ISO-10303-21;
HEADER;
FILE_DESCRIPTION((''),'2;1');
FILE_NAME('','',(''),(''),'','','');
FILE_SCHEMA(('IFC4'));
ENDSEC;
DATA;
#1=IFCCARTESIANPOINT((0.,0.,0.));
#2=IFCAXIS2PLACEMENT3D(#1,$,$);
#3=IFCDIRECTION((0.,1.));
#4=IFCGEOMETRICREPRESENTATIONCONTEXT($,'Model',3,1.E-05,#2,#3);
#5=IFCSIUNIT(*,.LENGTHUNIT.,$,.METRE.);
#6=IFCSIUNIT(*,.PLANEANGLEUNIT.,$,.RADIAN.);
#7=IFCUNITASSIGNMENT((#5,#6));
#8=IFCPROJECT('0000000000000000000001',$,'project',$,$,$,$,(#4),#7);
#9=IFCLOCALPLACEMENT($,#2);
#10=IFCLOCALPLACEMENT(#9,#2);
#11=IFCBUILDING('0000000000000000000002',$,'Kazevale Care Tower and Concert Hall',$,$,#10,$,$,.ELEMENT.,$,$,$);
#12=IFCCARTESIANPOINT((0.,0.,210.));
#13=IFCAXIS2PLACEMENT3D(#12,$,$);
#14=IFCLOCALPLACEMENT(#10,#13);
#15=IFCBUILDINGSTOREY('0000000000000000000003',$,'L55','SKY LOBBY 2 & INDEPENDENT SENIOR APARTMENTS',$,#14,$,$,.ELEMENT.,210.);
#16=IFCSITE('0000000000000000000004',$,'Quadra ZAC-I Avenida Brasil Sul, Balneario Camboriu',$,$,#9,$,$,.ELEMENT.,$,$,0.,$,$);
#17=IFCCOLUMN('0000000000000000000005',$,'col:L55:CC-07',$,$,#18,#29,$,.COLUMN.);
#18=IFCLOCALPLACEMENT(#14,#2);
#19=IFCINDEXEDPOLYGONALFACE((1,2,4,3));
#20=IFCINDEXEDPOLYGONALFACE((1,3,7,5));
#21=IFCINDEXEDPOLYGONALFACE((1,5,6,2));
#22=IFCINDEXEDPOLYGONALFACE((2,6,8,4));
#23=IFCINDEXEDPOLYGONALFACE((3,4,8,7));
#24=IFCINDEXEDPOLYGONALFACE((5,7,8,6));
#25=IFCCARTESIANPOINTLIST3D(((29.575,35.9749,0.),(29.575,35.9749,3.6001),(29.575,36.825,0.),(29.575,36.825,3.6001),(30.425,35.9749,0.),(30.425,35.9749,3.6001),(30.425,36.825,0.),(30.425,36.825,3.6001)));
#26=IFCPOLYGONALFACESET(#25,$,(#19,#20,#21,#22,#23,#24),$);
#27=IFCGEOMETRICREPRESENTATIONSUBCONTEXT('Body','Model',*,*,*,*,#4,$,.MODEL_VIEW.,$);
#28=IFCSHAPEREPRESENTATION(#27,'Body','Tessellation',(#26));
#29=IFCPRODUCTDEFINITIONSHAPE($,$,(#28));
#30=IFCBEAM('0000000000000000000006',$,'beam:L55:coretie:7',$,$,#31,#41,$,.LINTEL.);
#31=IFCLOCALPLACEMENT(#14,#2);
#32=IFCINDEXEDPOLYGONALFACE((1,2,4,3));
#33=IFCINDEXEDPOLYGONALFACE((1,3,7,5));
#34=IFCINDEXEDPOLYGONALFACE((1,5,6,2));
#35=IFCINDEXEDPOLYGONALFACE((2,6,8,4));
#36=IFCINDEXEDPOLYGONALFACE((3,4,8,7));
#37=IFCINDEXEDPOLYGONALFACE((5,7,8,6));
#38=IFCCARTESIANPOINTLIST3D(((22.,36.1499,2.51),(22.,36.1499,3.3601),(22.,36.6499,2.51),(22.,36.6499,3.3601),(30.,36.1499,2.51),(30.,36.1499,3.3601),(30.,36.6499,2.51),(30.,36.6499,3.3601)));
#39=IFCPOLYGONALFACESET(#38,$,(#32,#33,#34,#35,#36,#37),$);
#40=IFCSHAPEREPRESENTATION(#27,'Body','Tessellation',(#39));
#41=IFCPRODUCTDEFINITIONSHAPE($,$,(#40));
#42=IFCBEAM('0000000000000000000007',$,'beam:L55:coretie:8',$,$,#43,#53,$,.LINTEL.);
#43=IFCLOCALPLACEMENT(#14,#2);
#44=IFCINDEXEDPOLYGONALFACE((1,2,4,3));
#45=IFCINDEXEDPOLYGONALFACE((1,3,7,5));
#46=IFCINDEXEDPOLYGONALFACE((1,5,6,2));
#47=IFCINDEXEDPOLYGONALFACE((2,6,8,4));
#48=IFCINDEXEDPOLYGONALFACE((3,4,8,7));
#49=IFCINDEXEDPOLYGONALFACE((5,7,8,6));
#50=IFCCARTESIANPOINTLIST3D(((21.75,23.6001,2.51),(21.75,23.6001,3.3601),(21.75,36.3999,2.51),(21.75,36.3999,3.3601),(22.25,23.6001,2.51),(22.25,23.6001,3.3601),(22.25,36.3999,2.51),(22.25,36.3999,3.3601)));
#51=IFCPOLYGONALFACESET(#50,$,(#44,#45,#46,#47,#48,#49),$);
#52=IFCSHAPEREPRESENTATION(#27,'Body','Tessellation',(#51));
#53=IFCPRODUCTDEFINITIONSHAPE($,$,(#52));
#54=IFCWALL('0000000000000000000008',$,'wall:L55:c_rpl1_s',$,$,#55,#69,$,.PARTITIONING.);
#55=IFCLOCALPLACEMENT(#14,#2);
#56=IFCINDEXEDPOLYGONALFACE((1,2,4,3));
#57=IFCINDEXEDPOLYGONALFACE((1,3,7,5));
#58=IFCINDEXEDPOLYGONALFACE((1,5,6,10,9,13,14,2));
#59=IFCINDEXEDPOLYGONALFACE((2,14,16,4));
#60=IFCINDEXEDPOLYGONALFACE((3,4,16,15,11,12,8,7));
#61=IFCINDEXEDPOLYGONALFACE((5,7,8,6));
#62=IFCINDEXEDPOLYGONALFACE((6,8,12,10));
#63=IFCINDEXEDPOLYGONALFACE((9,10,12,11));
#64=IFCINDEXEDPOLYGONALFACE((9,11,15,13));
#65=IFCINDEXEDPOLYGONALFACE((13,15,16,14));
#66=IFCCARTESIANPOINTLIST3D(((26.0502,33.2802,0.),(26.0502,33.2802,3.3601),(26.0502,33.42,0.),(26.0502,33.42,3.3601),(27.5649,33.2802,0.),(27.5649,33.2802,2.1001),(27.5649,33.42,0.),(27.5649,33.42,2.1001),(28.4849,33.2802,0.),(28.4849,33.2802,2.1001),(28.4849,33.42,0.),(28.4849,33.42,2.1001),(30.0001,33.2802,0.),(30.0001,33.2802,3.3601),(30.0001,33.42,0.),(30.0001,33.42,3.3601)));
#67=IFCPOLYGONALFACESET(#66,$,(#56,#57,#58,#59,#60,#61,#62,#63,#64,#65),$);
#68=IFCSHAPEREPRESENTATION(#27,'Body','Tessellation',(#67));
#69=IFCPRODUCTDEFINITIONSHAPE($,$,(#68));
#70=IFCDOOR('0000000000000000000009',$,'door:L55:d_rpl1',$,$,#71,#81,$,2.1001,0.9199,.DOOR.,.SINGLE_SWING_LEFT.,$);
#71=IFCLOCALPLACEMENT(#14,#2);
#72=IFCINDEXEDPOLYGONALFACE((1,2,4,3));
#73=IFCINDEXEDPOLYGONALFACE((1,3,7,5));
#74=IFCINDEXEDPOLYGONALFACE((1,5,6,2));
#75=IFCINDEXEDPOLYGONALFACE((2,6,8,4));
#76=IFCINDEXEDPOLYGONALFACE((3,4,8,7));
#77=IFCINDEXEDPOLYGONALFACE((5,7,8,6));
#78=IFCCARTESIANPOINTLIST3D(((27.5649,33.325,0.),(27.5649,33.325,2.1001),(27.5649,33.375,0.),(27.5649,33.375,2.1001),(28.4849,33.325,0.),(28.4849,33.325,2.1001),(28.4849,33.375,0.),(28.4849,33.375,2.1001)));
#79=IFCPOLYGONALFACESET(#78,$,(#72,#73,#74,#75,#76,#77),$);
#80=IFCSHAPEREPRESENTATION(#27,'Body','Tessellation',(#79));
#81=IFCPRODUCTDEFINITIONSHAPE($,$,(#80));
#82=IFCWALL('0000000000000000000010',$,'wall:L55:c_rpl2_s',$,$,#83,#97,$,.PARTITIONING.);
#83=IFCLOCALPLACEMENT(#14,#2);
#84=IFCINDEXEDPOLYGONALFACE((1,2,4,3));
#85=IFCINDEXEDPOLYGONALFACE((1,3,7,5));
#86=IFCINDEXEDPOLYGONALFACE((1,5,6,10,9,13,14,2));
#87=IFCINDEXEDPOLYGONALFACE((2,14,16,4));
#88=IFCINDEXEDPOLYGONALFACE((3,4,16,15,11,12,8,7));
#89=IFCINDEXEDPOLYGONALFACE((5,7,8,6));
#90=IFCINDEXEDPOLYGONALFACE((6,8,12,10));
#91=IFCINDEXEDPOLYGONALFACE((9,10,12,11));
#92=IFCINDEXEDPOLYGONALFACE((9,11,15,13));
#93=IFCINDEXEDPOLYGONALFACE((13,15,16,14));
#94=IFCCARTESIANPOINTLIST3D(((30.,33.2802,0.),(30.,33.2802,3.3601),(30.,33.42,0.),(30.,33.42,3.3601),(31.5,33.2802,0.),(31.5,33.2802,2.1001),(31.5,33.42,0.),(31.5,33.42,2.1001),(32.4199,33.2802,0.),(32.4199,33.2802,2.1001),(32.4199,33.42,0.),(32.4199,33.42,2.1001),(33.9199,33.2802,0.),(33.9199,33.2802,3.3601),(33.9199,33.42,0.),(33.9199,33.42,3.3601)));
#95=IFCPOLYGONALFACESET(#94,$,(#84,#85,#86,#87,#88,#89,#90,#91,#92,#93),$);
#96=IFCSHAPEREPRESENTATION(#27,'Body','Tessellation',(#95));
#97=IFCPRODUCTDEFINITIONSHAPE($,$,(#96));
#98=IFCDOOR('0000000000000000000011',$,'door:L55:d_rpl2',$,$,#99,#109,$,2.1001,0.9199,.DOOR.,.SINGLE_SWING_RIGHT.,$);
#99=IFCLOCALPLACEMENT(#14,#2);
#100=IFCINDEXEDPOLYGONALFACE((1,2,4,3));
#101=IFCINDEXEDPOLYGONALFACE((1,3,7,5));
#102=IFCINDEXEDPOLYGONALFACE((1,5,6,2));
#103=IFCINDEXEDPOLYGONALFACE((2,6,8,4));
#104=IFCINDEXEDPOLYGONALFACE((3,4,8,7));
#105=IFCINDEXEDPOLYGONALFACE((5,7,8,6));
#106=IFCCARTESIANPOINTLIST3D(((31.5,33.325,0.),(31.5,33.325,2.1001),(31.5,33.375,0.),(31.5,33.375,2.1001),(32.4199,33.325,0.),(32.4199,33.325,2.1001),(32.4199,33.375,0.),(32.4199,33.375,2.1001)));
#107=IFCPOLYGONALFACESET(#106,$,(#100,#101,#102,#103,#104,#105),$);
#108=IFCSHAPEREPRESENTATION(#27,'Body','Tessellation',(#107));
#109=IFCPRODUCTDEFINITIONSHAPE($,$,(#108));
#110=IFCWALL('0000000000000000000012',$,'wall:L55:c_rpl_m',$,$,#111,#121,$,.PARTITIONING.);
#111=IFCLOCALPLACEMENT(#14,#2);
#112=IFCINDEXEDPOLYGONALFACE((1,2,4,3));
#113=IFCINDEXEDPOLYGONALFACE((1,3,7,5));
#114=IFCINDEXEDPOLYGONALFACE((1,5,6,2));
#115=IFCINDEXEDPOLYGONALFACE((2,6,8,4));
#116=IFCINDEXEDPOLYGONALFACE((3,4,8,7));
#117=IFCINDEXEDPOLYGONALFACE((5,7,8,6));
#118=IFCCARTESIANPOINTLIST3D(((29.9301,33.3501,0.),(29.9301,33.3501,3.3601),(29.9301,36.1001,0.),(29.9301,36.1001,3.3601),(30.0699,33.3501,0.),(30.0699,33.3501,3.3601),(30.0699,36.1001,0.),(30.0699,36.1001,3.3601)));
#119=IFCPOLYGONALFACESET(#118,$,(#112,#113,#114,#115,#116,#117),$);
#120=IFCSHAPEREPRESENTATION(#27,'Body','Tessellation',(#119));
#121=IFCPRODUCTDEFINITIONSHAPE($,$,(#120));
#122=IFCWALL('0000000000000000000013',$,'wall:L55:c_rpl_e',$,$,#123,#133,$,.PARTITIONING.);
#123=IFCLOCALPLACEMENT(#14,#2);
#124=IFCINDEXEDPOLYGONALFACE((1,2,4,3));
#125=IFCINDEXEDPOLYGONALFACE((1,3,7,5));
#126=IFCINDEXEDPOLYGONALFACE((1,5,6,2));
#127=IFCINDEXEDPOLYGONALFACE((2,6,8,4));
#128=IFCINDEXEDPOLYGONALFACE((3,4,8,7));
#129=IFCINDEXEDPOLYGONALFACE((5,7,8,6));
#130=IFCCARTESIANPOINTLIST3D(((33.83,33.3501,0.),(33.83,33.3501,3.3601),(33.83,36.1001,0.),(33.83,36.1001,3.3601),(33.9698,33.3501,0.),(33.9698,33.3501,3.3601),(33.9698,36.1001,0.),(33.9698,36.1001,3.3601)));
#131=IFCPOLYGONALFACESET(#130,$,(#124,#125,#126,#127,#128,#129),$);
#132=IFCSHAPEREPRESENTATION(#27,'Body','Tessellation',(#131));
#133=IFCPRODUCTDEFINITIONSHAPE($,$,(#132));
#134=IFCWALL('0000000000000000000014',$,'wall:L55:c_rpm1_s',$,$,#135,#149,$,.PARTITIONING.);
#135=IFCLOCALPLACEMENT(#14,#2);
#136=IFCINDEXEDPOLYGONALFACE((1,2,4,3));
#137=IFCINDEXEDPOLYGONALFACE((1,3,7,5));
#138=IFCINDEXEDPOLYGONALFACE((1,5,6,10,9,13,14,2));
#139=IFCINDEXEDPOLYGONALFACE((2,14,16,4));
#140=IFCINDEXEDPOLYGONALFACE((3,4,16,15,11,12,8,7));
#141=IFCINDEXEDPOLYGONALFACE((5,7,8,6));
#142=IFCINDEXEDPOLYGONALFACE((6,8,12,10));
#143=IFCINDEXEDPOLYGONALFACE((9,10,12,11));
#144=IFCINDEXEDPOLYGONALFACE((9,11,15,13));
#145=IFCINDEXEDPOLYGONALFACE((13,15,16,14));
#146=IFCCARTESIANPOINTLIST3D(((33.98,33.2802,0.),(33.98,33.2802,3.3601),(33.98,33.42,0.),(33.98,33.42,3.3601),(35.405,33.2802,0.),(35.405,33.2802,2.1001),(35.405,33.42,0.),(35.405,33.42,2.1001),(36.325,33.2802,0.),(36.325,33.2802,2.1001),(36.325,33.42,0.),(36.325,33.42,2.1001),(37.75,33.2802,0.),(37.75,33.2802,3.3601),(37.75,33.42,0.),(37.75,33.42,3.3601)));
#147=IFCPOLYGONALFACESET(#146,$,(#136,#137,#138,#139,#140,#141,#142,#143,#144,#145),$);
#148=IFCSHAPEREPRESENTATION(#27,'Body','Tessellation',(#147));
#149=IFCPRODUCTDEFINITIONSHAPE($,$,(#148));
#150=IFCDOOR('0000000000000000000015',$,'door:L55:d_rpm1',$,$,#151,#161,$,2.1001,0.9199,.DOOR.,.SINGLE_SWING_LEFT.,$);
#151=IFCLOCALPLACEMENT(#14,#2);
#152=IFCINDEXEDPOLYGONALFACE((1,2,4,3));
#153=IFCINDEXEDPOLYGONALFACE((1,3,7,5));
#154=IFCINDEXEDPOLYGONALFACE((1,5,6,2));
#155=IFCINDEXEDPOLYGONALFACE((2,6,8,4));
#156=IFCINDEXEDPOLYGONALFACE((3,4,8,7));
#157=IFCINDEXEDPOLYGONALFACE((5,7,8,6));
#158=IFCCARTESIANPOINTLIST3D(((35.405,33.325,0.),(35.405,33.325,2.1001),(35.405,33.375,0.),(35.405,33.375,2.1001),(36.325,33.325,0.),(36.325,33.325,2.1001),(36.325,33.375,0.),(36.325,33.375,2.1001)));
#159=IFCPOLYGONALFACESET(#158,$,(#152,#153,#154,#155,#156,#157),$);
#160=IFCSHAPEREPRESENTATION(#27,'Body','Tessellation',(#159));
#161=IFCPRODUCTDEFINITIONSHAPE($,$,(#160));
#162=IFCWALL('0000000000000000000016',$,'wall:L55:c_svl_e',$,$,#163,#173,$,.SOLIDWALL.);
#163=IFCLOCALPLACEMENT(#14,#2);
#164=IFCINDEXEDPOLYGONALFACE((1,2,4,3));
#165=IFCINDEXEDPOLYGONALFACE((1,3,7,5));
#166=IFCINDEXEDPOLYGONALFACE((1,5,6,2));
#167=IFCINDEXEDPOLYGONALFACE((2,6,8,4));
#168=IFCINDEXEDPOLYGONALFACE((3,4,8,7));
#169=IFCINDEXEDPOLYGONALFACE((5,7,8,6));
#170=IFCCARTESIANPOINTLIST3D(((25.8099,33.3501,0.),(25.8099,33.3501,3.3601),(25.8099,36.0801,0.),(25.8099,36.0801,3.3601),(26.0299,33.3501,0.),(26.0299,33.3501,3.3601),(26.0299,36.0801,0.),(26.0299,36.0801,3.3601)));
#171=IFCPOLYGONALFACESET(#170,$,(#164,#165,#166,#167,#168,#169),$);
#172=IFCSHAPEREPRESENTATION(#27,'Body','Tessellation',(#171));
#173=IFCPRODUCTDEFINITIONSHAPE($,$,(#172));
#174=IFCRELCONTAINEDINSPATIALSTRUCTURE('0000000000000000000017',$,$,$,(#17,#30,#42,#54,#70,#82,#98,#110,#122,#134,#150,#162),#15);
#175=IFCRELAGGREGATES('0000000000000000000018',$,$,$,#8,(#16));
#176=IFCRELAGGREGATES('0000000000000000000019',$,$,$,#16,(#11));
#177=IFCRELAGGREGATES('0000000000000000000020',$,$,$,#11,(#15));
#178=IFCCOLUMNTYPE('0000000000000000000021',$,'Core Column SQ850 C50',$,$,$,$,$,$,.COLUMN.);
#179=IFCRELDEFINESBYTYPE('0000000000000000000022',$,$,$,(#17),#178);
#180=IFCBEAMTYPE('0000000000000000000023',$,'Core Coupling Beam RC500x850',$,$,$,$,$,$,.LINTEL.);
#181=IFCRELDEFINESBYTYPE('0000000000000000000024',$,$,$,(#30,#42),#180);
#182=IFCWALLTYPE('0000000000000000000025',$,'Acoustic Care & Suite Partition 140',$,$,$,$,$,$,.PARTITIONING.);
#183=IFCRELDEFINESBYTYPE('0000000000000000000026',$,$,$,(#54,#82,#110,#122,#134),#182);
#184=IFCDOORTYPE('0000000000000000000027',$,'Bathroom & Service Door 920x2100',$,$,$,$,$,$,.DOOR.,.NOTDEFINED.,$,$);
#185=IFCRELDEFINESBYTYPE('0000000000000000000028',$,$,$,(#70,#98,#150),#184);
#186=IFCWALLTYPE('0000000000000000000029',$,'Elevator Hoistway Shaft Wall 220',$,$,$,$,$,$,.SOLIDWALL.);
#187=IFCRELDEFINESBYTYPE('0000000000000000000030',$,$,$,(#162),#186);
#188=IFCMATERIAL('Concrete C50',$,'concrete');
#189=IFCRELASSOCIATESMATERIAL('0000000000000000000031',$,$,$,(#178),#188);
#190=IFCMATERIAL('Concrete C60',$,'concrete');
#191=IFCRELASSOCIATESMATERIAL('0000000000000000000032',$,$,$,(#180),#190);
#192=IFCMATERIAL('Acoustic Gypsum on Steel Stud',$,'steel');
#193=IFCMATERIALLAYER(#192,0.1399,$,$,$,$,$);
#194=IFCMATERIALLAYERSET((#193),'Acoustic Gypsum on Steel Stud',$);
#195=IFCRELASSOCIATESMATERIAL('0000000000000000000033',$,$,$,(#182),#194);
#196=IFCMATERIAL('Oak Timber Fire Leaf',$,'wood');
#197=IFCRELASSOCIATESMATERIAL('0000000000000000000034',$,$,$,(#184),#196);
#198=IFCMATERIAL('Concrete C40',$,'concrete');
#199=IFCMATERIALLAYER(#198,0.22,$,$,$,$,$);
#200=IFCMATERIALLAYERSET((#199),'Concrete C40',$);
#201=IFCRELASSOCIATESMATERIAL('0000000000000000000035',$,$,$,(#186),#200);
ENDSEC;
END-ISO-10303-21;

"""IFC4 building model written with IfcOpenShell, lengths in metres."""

from ifc_helpers import new_model, si_unit, direction, frame, frame_2d, origin, origin_2d, place, context, subcontext, project, spatial, rectangle, extrude, material, layer, layer_set, material_profile, profile_set, type_object, element, fill, save


model = new_model("IFC4")

# Units and contexts
model_context = context("Model", 3, precision=1e-05, world=origin(), true_north=direction((0.0, 1.0)))
body_context = subcontext(model_context, "Body", "Model", "MODEL_VIEW")
ifc_project = project(units=[si_unit("LENGTHUNIT", "METRE"), si_unit("PLANEANGLEUNIT", "RADIAN")], contexts=[model_context])

# Site, building, storey
site_placement = place(None, origin())
site = spatial("IfcSite", under=ifc_project, at=site_placement, Name="Quadra ZAC-I Avenida Brasil Sul, Balneario Camboriu", CompositionType="ELEMENT", RefElevation=0.0)
building_placement = place(site_placement, origin())
building = spatial("IfcBuilding", under=site, at=building_placement, Name="Kazevale Care Tower and Concert Hall", CompositionType="ELEMENT")
storey_placement = place(building_placement, frame((0.0, 0.0, 210.0)))
storey = spatial("IfcBuildingStorey", under=building, at=storey_placement, Name="L55", Description="SKY LOBBY 2 & INDEPENDENT SENIOR APARTMENTS", CompositionType="ELEMENT", Elevation=210.0)

# Column
ifc_material_1 = material(Name="Concrete C50", Category="concrete")
ifc_material_profile_1 = material_profile(ifc_material_1, rectangle(XDim=0.8501, YDim=0.8501, at=origin_2d()), Name="RC-SQ850")
ifc_profile_set_1 = profile_set([ifc_material_profile_1], Name="Concrete C50")
column_type = type_object("IfcColumnType", Name="Core Column SQ850 C50", PredefinedType="COLUMN", material=ifc_profile_set_1)
column_placement = place(storey_placement, frame((30.0, 36.3999, 0.0), z_axis=(0.0, 0.0, 1.0), x_axis=(1.0, 0.0, 0.0)))
element("IfcColumn", 1, at=column_placement, inside=storey, type_object=column_type, Name="col:L55:CC-07", PredefinedType="COLUMN", context=body_context, shape_type="SweptSolid", body=[
    extrude(rectangle(XDim=0.8501, YDim=0.8501, at=origin_2d()), origin(), (0.0, 0.0, 1.0), 3.6001),
])

# Beams
ifc_material_2 = material(Name="Concrete C60", Category="concrete")
ifc_material_profile_2 = material_profile(ifc_material_2, rectangle(XDim=0.5, YDim=0.8501, at=origin_2d()), Name="RC-B500x850")
ifc_profile_set_2 = profile_set([ifc_material_profile_2], Name="Concrete C60")
beam_type = type_object("IfcBeamType", Name="Core Coupling Beam RC500x850", PredefinedType="LINTEL", material=ifc_profile_set_2)
beam_1_placement = place(storey_placement, frame((30.0, 36.3999, 2.9351), z_axis=(-1.0, 0.0, 0.0), x_axis=(0.0, -1.0, 0.0)))
element("IfcBeam", 2, at=beam_1_placement, inside=storey, type_object=beam_type, Name="beam:L55:coretie:7", PredefinedType="LINTEL", context=body_context, shape_type="SweptSolid", body=[
    extrude(rectangle(XDim=0.5, YDim=0.8501, at=origin_2d()), origin(), (0.0, 0.0, 1.0), 8.0),
])
beam_2_placement = place(storey_placement, frame((22.0, 36.3999, 2.9351), z_axis=(0.0, -1.0, 0.0), x_axis=(1.0, 0.0, 0.0)))
element("IfcBeam", 3, at=beam_2_placement, inside=storey, type_object=beam_type, Name="beam:L55:coretie:8", PredefinedType="LINTEL", context=body_context, shape_type="SweptSolid", body=[
    extrude(rectangle(XDim=0.5, YDim=0.8501, at=origin_2d()), origin(), (0.0, 0.0, 1.0), 12.7998),
])

# Walls, openings, doors
ifc_material_3 = material(Name="Acoustic Gypsum on Steel Stud", Category="steel")
ifc_layer_1 = layer(ifc_material_3, 0.1399)
ifc_layer_set_1 = layer_set([ifc_layer_1], Name="Acoustic Gypsum on Steel Stud")
wall_type_1 = type_object("IfcWallType", Name="Acoustic Care & Suite Partition 140", PredefinedType="PARTITIONING", material=ifc_layer_set_1)
wall_1_placement = place(storey_placement, frame((26.05, 33.3501, 0.0), z_axis=(0.0, 0.0, 1.0), x_axis=(1.0, 0.0, 0.0)))
wall_1 = element("IfcWall", 4, at=wall_1_placement, inside=storey, type_object=wall_type_1, Name="wall:L55:c_rpl1_s", PredefinedType="PARTITIONING", context=body_context, shape_type="SweptSolid", body=[
    extrude(rectangle(XDim=3.95, YDim=0.1399, at=frame_2d((1.9751, 0.0))), origin(), (0.0, 0.0, 1.0), 3.3601),
])
opening_1_placement = place(wall_1_placement, frame((1.5149, 0.0, 0.0)))
opening_1 = element("IfcOpeningElement", 5, at=opening_1_placement, cuts=wall_1, PredefinedType="OPENING", context=body_context, shape_type="SweptSolid", body=[
    extrude(rectangle(XDim=0.9199, YDim=2.1001, at=frame_2d((0.46, 1.05))), frame((0.0, 0.0798, 0.0), z_axis=(0.0, -1.0, 0.0), x_axis=(1.0, 0.0, 0.0)), (0.0, 0.0, 1.0), 0.1599),
])
ifc_material_4 = material(Name="Oak Timber Fire Leaf", Category="wood")
door_type_1 = type_object("IfcDoorType", Name="Bathroom & Service Door 920x2100", OperationType="NOTDEFINED", PredefinedType="DOOR", material=ifc_material_4)
door_1_placement = place(opening_1_placement, origin())
door_1 = element("IfcDoor", 6, at=door_1_placement, inside=storey, type_object=door_type_1, Name="door:L55:d_rpl1", OperationType="SINGLE_SWING_LEFT", OverallHeight=2.1001, OverallWidth=0.9199, PredefinedType="DOOR", context=body_context, shape_type="SweptSolid", body=[
    extrude(rectangle(XDim=0.9199, YDim=2.1001, at=frame_2d((0.46, 1.05))), frame((0.0, 0.0249, 0.0), z_axis=(0.0, -1.0, 0.0), x_axis=(1.0, 0.0, 0.0)), (0.0, 0.0, 1.0), 0.05),
])
fill(opening_1, door_1)
wall_2_placement = place(storey_placement, frame((30.0, 33.3501, 0.0), z_axis=(0.0, 0.0, 1.0), x_axis=(1.0, 0.0, 0.0)))
wall_2 = element("IfcWall", 7, at=wall_2_placement, inside=storey, type_object=wall_type_1, Name="wall:L55:c_rpl2_s", PredefinedType="PARTITIONING", context=body_context, shape_type="SweptSolid", body=[
    extrude(rectangle(XDim=3.9199, YDim=0.1399, at=frame_2d((1.96, 0.0))), origin(), (0.0, 0.0, 1.0), 3.3601),
])
opening_2_placement = place(wall_2_placement, frame((1.5, 0.0, 0.0)))
opening_2 = element("IfcOpeningElement", 8, at=opening_2_placement, cuts=wall_2, PredefinedType="OPENING", context=body_context, shape_type="SweptSolid", body=[
    extrude(rectangle(XDim=0.9199, YDim=2.1001, at=frame_2d((0.46, 1.05))), frame((0.0, 0.0798, 0.0), z_axis=(0.0, -1.0, 0.0), x_axis=(1.0, 0.0, 0.0)), (0.0, 0.0, 1.0), 0.1599),
])
door_2_placement = place(opening_2_placement, origin())
door_2 = element("IfcDoor", 9, at=door_2_placement, inside=storey, type_object=door_type_1, Name="door:L55:d_rpl2", OperationType="SINGLE_SWING_RIGHT", OverallHeight=2.1001, OverallWidth=0.9199, PredefinedType="DOOR", context=body_context, shape_type="SweptSolid", body=[
    extrude(rectangle(XDim=0.9199, YDim=2.1001, at=frame_2d((0.46, 1.05))), frame((0.0, 0.0249, 0.0), z_axis=(0.0, -1.0, 0.0), x_axis=(1.0, 0.0, 0.0)), (0.0, 0.0, 1.0), 0.05),
])
fill(opening_2, door_2)

# Walls
for number, where, z_axis, x_axis, name in (
    (10, (30.0, 33.3501, 0.0), (0.0, 0.0, 1.0), (0.0, 1.0, 0.0), "wall:L55:c_rpl_m"),
    (11, (33.8999, 33.3501, 0.0), (0.0, 0.0, 1.0), (0.0, 1.0, 0.0), "wall:L55:c_rpl_e"),
):
    element("IfcWall", number, at=place(storey_placement, frame(where, z_axis=z_axis, x_axis=x_axis)), inside=storey, type_object=wall_type_1, Name=name, PredefinedType="PARTITIONING", context=body_context, shape_type="SweptSolid", body=[
        extrude(rectangle(XDim=2.75, YDim=0.1399, at=frame_2d((1.375, 0.0))), origin(), (0.0, 0.0, 1.0), 3.3601),
    ])

# Wall, opening, door
wall_3_placement = place(storey_placement, frame((33.98, 33.3501, 0.0), z_axis=(0.0, 0.0, 1.0), x_axis=(1.0, 0.0, 0.0)))
wall_3 = element("IfcWall", 12, at=wall_3_placement, inside=storey, type_object=wall_type_1, Name="wall:L55:c_rpm1_s", PredefinedType="PARTITIONING", context=body_context, shape_type="SweptSolid", body=[
    extrude(rectangle(XDim=3.77, YDim=0.1399, at=frame_2d((1.885, 0.0))), origin(), (0.0, 0.0, 1.0), 3.3601),
])
opening_3_placement = place(wall_3_placement, frame((1.425, 0.0, 0.0)))
opening_3 = element("IfcOpeningElement", 13, at=opening_3_placement, cuts=wall_3, PredefinedType="OPENING", context=body_context, shape_type="SweptSolid", body=[
    extrude(rectangle(XDim=0.9199, YDim=2.1001, at=frame_2d((0.46, 1.05))), frame((0.0, 0.0798, 0.0), z_axis=(0.0, -1.0, 0.0), x_axis=(1.0, 0.0, 0.0)), (0.0, 0.0, 1.0), 0.1599),
])
door_3_placement = place(opening_3_placement, origin())
door_3 = element("IfcDoor", 14, at=door_3_placement, inside=storey, type_object=door_type_1, Name="door:L55:d_rpm1", OperationType="SINGLE_SWING_LEFT", OverallHeight=2.1001, OverallWidth=0.9199, PredefinedType="DOOR", context=body_context, shape_type="SweptSolid", body=[
    extrude(rectangle(XDim=0.9199, YDim=2.1001, at=frame_2d((0.46, 1.05))), frame((0.0, 0.0249, 0.0), z_axis=(0.0, -1.0, 0.0), x_axis=(1.0, 0.0, 0.0)), (0.0, 0.0, 1.0), 0.05),
])
fill(opening_3, door_3)

# Wall
ifc_material_5 = material(Name="Concrete C40", Category="concrete")
ifc_layer_2 = layer(ifc_material_5, 0.22)
ifc_layer_set_2 = layer_set([ifc_layer_2], Name="Concrete C40")
wall_type_2 = type_object("IfcWallType", Name="Elevator Hoistway Shaft Wall 220", PredefinedType="SOLIDWALL", material=ifc_layer_set_2)
wall_4_placement = place(storey_placement, frame((25.9199, 33.3501, 0.0), z_axis=(0.0, 0.0, 1.0), x_axis=(0.0, 1.0, 0.0)))
element("IfcWall", 15, at=wall_4_placement, inside=storey, type_object=wall_type_2, Name="wall:L55:c_svl_e", PredefinedType="SOLIDWALL", context=body_context, shape_type="SweptSolid", body=[
    extrude(rectangle(XDim=2.73, YDim=0.22, at=frame_2d((1.365, 0.0))), origin(), (0.0, 0.0, 1.0), 3.3601),
])

save(model, "model.ifc")
